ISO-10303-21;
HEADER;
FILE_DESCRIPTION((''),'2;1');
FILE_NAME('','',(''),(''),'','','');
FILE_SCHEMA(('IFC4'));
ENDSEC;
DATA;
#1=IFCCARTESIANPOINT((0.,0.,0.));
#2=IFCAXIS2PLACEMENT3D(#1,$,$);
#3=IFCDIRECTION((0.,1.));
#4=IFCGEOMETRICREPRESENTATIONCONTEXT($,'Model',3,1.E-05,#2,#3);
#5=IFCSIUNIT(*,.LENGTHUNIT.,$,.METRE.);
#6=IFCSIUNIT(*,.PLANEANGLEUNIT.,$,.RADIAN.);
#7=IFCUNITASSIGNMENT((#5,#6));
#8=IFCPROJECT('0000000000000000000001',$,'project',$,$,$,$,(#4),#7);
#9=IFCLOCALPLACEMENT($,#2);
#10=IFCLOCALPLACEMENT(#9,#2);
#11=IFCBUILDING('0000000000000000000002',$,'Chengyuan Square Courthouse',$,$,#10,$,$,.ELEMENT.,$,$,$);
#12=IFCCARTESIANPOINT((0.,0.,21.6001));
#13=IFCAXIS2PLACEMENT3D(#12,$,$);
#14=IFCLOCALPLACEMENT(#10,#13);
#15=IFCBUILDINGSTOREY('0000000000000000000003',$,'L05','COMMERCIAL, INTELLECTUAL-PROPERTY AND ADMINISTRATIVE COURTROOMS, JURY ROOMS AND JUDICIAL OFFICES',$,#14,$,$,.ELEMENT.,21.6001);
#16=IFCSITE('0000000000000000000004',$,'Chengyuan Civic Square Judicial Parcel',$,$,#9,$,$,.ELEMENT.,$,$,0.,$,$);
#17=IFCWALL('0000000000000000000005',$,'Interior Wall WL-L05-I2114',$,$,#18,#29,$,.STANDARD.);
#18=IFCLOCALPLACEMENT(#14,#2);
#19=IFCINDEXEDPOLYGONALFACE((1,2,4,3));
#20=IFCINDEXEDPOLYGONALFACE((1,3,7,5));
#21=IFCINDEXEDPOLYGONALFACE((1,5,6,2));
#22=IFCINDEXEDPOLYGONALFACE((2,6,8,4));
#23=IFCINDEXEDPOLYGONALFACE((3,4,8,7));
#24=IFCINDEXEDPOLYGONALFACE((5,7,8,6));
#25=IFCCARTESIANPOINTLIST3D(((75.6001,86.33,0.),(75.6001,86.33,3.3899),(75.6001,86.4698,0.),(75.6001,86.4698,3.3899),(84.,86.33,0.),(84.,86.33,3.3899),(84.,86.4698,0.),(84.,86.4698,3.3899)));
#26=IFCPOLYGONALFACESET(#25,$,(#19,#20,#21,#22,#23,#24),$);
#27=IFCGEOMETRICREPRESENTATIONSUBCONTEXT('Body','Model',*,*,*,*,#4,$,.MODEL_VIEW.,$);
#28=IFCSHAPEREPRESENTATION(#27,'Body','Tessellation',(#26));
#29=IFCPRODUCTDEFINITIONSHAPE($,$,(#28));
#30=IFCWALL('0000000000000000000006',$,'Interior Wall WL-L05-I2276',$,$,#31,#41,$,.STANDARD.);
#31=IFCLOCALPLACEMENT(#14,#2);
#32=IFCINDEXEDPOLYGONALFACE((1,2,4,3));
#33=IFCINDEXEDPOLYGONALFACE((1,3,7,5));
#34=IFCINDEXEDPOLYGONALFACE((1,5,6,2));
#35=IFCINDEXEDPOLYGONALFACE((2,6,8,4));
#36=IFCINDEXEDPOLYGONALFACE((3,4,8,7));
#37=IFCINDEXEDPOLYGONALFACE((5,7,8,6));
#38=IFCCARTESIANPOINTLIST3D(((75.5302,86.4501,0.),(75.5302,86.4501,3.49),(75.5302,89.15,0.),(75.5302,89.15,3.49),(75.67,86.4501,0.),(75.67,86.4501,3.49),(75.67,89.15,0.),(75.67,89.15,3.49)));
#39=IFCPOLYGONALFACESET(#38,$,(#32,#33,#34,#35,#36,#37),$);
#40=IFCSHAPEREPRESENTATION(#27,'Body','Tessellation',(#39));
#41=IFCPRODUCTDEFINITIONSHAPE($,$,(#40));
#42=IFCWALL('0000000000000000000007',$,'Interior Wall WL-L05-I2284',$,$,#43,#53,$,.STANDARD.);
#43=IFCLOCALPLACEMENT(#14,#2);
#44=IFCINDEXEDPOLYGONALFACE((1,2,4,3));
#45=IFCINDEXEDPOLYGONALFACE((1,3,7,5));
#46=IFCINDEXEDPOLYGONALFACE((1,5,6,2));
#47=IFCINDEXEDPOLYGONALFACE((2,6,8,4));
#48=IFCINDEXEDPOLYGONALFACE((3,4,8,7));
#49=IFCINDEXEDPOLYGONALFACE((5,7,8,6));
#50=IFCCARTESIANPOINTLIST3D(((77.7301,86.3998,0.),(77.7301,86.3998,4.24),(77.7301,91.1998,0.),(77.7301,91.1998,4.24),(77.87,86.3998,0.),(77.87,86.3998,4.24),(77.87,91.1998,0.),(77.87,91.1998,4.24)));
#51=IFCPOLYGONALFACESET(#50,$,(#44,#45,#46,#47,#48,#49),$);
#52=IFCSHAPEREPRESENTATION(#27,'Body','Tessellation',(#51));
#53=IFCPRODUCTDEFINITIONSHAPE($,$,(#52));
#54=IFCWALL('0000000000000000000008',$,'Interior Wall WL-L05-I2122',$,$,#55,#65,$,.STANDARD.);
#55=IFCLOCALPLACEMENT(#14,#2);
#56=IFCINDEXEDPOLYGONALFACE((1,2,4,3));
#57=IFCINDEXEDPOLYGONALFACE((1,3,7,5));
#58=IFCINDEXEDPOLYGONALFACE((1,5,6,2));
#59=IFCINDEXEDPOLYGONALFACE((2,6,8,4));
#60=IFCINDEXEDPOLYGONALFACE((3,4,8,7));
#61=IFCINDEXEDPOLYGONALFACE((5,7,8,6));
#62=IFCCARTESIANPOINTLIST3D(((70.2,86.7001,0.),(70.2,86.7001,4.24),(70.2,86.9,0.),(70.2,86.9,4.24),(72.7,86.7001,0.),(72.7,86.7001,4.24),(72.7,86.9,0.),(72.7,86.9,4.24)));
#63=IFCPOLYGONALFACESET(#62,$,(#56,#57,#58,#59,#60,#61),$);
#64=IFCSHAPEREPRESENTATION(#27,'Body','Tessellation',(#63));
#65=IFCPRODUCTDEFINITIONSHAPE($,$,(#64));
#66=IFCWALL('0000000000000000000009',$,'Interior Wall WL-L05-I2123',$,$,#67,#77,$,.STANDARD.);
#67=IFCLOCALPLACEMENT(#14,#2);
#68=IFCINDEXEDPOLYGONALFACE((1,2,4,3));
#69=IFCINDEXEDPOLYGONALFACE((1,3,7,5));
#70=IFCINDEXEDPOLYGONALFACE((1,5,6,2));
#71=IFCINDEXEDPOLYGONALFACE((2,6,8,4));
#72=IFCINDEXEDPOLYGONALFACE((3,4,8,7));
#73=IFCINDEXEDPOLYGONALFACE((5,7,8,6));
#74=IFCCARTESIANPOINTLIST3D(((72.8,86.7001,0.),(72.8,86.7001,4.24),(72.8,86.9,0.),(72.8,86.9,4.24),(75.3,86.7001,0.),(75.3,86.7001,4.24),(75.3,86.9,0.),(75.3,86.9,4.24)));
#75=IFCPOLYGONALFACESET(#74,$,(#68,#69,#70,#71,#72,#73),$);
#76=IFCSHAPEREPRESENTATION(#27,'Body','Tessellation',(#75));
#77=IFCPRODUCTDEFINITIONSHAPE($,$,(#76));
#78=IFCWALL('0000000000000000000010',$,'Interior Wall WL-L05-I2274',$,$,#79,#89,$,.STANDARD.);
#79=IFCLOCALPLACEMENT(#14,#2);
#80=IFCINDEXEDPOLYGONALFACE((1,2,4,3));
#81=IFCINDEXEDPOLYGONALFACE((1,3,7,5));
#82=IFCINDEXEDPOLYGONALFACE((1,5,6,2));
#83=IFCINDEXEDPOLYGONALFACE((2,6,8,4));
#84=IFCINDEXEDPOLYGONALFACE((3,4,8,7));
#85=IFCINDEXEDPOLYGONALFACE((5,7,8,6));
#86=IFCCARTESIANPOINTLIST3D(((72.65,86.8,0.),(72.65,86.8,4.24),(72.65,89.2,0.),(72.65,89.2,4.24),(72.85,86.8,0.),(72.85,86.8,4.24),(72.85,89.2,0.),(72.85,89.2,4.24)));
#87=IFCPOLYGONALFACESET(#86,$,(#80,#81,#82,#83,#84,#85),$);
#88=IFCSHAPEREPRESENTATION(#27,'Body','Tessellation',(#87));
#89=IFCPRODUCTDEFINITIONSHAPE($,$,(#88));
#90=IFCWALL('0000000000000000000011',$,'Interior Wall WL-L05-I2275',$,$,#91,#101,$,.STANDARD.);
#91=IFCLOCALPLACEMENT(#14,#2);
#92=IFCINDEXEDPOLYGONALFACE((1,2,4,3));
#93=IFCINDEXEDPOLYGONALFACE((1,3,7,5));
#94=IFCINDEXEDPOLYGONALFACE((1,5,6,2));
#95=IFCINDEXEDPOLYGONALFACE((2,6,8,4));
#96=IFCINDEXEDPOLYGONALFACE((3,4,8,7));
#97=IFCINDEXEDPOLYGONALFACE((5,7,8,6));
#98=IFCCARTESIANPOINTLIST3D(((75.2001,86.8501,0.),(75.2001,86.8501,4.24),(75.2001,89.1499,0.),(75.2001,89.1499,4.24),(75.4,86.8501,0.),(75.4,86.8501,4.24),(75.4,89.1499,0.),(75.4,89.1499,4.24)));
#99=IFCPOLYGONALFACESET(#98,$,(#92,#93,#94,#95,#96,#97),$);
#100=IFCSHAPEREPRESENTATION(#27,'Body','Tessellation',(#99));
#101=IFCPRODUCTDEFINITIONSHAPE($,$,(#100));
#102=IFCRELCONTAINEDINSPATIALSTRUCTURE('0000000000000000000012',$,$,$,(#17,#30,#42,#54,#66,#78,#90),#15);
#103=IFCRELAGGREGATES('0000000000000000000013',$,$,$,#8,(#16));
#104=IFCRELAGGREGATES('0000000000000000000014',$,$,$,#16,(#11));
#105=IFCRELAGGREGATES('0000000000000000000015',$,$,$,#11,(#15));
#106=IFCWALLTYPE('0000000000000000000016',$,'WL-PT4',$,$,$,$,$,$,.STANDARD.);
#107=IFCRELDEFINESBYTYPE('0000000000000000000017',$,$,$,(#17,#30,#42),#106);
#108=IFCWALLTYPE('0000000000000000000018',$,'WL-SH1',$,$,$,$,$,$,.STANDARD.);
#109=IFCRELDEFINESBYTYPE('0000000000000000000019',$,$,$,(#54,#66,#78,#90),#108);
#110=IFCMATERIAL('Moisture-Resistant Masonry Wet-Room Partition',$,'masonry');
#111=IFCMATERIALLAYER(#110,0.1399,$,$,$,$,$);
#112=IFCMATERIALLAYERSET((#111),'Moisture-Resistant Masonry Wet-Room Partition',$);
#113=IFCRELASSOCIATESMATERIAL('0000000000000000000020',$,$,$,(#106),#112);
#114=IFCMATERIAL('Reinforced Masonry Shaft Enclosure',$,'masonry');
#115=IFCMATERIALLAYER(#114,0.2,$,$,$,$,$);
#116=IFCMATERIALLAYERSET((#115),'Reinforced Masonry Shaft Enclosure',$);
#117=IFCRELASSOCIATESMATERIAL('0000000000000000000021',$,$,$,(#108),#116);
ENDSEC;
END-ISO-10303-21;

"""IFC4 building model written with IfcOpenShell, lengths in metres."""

from ifc_helpers import new_model, si_unit, direction, frame, frame_2d, origin, place, context, subcontext, project, spatial, rectangle, extrude, material, layer, layer_set, type_object, element, save


model = new_model("IFC4")

# Units and contexts
model_context = context("Model", 3, precision=1e-05, world=origin(), true_north=direction((0.0, 1.0)))
body_context = subcontext(model_context, "Body", "Model", "MODEL_VIEW")
ifc_project = project(units=[si_unit("LENGTHUNIT", "METRE"), si_unit("PLANEANGLEUNIT", "RADIAN")], contexts=[model_context])

# Site, building, storey
site_placement = place(None, origin())
site = spatial("IfcSite", under=ifc_project, at=site_placement, Name="Chengyuan Civic Square Judicial Parcel", CompositionType="ELEMENT", RefElevation=0.0)
building_placement = place(site_placement, origin())
building = spatial("IfcBuilding", under=site, at=building_placement, Name="Chengyuan Square Courthouse", CompositionType="ELEMENT")
storey_placement = place(building_placement, frame((0.0, 0.0, 21.6001)))
storey = spatial("IfcBuildingStorey", under=building, at=storey_placement, Name="L05", Description="COMMERCIAL, INTELLECTUAL-PROPERTY AND ADMINISTRATIVE COURTROOMS, JURY ROOMS AND JUDICIAL OFFICES", CompositionType="ELEMENT", Elevation=21.6001)

# Walls
ifc_material_1 = material(Name="Moisture-Resistant Masonry Wet-Room Partition", Category="masonry")
ifc_layer_1 = layer(ifc_material_1, 0.1399)
ifc_layer_set_1 = layer_set([ifc_layer_1], Name="Moisture-Resistant Masonry Wet-Room Partition")
wall_type_1 = type_object("IfcWallType", Name="WL-PT4", PredefinedType="STANDARD", material=ifc_layer_set_1)
wall_1_placement = place(storey_placement, frame((75.6001, 86.3999, 0.0), z_axis=(0.0, 0.0, 1.0), x_axis=(1.0, 0.0, 0.0)))
element("IfcWall", 1, at=wall_1_placement, inside=storey, type_object=wall_type_1, Name="Interior Wall WL-L05-I2114", PredefinedType="STANDARD", context=body_context, shape_type="SweptSolid", body=[
    extrude(rectangle(XDim=8.3999, YDim=0.1399, at=frame_2d((4.2, 0.0))), origin(), (0.0, 0.0, 1.0), 3.3899),
])
wall_2_placement = place(storey_placement, frame((75.6001, 86.45, 0.0), z_axis=(0.0, 0.0, 1.0), x_axis=(0.0, 1.0, 0.0)))
element("IfcWall", 2, at=wall_2_placement, inside=storey, type_object=wall_type_1, Name="Interior Wall WL-L05-I2276", PredefinedType="STANDARD", context=body_context, shape_type="SweptSolid", body=[
    extrude(rectangle(XDim=2.7, YDim=0.1399, at=frame_2d((1.3501, 0.0))), origin(), (0.0, 0.0, 1.0), 3.49),
])
wall_3_placement = place(storey_placement, frame((77.8, 86.3999, 0.0), z_axis=(0.0, 0.0, 1.0), x_axis=(0.0, 1.0, 0.0)))
element("IfcWall", 3, at=wall_3_placement, inside=storey, type_object=wall_type_1, Name="Interior Wall WL-L05-I2284", PredefinedType="STANDARD", context=body_context, shape_type="SweptSolid", body=[
    extrude(rectangle(XDim=4.8, YDim=0.1399, at=frame_2d((2.3999, 0.0))), origin(), (0.0, 0.0, 1.0), 4.24),
])
ifc_material_2 = material(Name="Reinforced Masonry Shaft Enclosure", Category="masonry")
ifc_layer_2 = layer(ifc_material_2, 0.2)
ifc_layer_set_2 = layer_set([ifc_layer_2], Name="Reinforced Masonry Shaft Enclosure")
wall_type_2 = type_object("IfcWallType", Name="WL-SH1", PredefinedType="STANDARD", material=ifc_layer_set_2)
for number, where, z_axis, x_axis, name in (
    (4, (70.2, 86.8, 0.0), (0.0, 0.0, 1.0), (1.0, 0.0, 0.0), "Interior Wall WL-L05-I2122"),
    (5, (72.8, 86.8, 0.0), (0.0, 0.0, 1.0), (1.0, 0.0, 0.0), "Interior Wall WL-L05-I2123"),
):
    element("IfcWall", number, at=place(storey_placement, frame(where, z_axis=z_axis, x_axis=x_axis)), inside=storey, type_object=wall_type_2, Name=name, PredefinedType="STANDARD", context=body_context, shape_type="SweptSolid", body=[
        extrude(rectangle(XDim=2.5, YDim=0.2, at=frame_2d((1.25, 0.0))), origin(), (0.0, 0.0, 1.0), 4.24),
    ])
wall_4_placement = place(storey_placement, frame((72.75, 86.8, 0.0), z_axis=(0.0, 0.0, 1.0), x_axis=(0.0, 1.0, 0.0)))
element("IfcWall", 6, at=wall_4_placement, inside=storey, type_object=wall_type_2, Name="Interior Wall WL-L05-I2274", PredefinedType="STANDARD", context=body_context, shape_type="SweptSolid", body=[
    extrude(rectangle(XDim=2.3999, YDim=0.2, at=frame_2d((1.2, 0.0))), origin(), (0.0, 0.0, 1.0), 4.24),
])
wall_5_placement = place(storey_placement, frame((75.3, 86.8501, 0.0), z_axis=(0.0, 0.0, 1.0), x_axis=(0.0, 1.0, 0.0)))
element("IfcWall", 7, at=wall_5_placement, inside=storey, type_object=wall_type_2, Name="Interior Wall WL-L05-I2275", PredefinedType="STANDARD", context=body_context, shape_type="SweptSolid", body=[
    extrude(rectangle(XDim=2.2998, YDim=0.2, at=frame_2d((1.1499, 0.0))), origin(), (0.0, 0.0, 1.0), 4.24),
])

save(model, "model.ifc")
